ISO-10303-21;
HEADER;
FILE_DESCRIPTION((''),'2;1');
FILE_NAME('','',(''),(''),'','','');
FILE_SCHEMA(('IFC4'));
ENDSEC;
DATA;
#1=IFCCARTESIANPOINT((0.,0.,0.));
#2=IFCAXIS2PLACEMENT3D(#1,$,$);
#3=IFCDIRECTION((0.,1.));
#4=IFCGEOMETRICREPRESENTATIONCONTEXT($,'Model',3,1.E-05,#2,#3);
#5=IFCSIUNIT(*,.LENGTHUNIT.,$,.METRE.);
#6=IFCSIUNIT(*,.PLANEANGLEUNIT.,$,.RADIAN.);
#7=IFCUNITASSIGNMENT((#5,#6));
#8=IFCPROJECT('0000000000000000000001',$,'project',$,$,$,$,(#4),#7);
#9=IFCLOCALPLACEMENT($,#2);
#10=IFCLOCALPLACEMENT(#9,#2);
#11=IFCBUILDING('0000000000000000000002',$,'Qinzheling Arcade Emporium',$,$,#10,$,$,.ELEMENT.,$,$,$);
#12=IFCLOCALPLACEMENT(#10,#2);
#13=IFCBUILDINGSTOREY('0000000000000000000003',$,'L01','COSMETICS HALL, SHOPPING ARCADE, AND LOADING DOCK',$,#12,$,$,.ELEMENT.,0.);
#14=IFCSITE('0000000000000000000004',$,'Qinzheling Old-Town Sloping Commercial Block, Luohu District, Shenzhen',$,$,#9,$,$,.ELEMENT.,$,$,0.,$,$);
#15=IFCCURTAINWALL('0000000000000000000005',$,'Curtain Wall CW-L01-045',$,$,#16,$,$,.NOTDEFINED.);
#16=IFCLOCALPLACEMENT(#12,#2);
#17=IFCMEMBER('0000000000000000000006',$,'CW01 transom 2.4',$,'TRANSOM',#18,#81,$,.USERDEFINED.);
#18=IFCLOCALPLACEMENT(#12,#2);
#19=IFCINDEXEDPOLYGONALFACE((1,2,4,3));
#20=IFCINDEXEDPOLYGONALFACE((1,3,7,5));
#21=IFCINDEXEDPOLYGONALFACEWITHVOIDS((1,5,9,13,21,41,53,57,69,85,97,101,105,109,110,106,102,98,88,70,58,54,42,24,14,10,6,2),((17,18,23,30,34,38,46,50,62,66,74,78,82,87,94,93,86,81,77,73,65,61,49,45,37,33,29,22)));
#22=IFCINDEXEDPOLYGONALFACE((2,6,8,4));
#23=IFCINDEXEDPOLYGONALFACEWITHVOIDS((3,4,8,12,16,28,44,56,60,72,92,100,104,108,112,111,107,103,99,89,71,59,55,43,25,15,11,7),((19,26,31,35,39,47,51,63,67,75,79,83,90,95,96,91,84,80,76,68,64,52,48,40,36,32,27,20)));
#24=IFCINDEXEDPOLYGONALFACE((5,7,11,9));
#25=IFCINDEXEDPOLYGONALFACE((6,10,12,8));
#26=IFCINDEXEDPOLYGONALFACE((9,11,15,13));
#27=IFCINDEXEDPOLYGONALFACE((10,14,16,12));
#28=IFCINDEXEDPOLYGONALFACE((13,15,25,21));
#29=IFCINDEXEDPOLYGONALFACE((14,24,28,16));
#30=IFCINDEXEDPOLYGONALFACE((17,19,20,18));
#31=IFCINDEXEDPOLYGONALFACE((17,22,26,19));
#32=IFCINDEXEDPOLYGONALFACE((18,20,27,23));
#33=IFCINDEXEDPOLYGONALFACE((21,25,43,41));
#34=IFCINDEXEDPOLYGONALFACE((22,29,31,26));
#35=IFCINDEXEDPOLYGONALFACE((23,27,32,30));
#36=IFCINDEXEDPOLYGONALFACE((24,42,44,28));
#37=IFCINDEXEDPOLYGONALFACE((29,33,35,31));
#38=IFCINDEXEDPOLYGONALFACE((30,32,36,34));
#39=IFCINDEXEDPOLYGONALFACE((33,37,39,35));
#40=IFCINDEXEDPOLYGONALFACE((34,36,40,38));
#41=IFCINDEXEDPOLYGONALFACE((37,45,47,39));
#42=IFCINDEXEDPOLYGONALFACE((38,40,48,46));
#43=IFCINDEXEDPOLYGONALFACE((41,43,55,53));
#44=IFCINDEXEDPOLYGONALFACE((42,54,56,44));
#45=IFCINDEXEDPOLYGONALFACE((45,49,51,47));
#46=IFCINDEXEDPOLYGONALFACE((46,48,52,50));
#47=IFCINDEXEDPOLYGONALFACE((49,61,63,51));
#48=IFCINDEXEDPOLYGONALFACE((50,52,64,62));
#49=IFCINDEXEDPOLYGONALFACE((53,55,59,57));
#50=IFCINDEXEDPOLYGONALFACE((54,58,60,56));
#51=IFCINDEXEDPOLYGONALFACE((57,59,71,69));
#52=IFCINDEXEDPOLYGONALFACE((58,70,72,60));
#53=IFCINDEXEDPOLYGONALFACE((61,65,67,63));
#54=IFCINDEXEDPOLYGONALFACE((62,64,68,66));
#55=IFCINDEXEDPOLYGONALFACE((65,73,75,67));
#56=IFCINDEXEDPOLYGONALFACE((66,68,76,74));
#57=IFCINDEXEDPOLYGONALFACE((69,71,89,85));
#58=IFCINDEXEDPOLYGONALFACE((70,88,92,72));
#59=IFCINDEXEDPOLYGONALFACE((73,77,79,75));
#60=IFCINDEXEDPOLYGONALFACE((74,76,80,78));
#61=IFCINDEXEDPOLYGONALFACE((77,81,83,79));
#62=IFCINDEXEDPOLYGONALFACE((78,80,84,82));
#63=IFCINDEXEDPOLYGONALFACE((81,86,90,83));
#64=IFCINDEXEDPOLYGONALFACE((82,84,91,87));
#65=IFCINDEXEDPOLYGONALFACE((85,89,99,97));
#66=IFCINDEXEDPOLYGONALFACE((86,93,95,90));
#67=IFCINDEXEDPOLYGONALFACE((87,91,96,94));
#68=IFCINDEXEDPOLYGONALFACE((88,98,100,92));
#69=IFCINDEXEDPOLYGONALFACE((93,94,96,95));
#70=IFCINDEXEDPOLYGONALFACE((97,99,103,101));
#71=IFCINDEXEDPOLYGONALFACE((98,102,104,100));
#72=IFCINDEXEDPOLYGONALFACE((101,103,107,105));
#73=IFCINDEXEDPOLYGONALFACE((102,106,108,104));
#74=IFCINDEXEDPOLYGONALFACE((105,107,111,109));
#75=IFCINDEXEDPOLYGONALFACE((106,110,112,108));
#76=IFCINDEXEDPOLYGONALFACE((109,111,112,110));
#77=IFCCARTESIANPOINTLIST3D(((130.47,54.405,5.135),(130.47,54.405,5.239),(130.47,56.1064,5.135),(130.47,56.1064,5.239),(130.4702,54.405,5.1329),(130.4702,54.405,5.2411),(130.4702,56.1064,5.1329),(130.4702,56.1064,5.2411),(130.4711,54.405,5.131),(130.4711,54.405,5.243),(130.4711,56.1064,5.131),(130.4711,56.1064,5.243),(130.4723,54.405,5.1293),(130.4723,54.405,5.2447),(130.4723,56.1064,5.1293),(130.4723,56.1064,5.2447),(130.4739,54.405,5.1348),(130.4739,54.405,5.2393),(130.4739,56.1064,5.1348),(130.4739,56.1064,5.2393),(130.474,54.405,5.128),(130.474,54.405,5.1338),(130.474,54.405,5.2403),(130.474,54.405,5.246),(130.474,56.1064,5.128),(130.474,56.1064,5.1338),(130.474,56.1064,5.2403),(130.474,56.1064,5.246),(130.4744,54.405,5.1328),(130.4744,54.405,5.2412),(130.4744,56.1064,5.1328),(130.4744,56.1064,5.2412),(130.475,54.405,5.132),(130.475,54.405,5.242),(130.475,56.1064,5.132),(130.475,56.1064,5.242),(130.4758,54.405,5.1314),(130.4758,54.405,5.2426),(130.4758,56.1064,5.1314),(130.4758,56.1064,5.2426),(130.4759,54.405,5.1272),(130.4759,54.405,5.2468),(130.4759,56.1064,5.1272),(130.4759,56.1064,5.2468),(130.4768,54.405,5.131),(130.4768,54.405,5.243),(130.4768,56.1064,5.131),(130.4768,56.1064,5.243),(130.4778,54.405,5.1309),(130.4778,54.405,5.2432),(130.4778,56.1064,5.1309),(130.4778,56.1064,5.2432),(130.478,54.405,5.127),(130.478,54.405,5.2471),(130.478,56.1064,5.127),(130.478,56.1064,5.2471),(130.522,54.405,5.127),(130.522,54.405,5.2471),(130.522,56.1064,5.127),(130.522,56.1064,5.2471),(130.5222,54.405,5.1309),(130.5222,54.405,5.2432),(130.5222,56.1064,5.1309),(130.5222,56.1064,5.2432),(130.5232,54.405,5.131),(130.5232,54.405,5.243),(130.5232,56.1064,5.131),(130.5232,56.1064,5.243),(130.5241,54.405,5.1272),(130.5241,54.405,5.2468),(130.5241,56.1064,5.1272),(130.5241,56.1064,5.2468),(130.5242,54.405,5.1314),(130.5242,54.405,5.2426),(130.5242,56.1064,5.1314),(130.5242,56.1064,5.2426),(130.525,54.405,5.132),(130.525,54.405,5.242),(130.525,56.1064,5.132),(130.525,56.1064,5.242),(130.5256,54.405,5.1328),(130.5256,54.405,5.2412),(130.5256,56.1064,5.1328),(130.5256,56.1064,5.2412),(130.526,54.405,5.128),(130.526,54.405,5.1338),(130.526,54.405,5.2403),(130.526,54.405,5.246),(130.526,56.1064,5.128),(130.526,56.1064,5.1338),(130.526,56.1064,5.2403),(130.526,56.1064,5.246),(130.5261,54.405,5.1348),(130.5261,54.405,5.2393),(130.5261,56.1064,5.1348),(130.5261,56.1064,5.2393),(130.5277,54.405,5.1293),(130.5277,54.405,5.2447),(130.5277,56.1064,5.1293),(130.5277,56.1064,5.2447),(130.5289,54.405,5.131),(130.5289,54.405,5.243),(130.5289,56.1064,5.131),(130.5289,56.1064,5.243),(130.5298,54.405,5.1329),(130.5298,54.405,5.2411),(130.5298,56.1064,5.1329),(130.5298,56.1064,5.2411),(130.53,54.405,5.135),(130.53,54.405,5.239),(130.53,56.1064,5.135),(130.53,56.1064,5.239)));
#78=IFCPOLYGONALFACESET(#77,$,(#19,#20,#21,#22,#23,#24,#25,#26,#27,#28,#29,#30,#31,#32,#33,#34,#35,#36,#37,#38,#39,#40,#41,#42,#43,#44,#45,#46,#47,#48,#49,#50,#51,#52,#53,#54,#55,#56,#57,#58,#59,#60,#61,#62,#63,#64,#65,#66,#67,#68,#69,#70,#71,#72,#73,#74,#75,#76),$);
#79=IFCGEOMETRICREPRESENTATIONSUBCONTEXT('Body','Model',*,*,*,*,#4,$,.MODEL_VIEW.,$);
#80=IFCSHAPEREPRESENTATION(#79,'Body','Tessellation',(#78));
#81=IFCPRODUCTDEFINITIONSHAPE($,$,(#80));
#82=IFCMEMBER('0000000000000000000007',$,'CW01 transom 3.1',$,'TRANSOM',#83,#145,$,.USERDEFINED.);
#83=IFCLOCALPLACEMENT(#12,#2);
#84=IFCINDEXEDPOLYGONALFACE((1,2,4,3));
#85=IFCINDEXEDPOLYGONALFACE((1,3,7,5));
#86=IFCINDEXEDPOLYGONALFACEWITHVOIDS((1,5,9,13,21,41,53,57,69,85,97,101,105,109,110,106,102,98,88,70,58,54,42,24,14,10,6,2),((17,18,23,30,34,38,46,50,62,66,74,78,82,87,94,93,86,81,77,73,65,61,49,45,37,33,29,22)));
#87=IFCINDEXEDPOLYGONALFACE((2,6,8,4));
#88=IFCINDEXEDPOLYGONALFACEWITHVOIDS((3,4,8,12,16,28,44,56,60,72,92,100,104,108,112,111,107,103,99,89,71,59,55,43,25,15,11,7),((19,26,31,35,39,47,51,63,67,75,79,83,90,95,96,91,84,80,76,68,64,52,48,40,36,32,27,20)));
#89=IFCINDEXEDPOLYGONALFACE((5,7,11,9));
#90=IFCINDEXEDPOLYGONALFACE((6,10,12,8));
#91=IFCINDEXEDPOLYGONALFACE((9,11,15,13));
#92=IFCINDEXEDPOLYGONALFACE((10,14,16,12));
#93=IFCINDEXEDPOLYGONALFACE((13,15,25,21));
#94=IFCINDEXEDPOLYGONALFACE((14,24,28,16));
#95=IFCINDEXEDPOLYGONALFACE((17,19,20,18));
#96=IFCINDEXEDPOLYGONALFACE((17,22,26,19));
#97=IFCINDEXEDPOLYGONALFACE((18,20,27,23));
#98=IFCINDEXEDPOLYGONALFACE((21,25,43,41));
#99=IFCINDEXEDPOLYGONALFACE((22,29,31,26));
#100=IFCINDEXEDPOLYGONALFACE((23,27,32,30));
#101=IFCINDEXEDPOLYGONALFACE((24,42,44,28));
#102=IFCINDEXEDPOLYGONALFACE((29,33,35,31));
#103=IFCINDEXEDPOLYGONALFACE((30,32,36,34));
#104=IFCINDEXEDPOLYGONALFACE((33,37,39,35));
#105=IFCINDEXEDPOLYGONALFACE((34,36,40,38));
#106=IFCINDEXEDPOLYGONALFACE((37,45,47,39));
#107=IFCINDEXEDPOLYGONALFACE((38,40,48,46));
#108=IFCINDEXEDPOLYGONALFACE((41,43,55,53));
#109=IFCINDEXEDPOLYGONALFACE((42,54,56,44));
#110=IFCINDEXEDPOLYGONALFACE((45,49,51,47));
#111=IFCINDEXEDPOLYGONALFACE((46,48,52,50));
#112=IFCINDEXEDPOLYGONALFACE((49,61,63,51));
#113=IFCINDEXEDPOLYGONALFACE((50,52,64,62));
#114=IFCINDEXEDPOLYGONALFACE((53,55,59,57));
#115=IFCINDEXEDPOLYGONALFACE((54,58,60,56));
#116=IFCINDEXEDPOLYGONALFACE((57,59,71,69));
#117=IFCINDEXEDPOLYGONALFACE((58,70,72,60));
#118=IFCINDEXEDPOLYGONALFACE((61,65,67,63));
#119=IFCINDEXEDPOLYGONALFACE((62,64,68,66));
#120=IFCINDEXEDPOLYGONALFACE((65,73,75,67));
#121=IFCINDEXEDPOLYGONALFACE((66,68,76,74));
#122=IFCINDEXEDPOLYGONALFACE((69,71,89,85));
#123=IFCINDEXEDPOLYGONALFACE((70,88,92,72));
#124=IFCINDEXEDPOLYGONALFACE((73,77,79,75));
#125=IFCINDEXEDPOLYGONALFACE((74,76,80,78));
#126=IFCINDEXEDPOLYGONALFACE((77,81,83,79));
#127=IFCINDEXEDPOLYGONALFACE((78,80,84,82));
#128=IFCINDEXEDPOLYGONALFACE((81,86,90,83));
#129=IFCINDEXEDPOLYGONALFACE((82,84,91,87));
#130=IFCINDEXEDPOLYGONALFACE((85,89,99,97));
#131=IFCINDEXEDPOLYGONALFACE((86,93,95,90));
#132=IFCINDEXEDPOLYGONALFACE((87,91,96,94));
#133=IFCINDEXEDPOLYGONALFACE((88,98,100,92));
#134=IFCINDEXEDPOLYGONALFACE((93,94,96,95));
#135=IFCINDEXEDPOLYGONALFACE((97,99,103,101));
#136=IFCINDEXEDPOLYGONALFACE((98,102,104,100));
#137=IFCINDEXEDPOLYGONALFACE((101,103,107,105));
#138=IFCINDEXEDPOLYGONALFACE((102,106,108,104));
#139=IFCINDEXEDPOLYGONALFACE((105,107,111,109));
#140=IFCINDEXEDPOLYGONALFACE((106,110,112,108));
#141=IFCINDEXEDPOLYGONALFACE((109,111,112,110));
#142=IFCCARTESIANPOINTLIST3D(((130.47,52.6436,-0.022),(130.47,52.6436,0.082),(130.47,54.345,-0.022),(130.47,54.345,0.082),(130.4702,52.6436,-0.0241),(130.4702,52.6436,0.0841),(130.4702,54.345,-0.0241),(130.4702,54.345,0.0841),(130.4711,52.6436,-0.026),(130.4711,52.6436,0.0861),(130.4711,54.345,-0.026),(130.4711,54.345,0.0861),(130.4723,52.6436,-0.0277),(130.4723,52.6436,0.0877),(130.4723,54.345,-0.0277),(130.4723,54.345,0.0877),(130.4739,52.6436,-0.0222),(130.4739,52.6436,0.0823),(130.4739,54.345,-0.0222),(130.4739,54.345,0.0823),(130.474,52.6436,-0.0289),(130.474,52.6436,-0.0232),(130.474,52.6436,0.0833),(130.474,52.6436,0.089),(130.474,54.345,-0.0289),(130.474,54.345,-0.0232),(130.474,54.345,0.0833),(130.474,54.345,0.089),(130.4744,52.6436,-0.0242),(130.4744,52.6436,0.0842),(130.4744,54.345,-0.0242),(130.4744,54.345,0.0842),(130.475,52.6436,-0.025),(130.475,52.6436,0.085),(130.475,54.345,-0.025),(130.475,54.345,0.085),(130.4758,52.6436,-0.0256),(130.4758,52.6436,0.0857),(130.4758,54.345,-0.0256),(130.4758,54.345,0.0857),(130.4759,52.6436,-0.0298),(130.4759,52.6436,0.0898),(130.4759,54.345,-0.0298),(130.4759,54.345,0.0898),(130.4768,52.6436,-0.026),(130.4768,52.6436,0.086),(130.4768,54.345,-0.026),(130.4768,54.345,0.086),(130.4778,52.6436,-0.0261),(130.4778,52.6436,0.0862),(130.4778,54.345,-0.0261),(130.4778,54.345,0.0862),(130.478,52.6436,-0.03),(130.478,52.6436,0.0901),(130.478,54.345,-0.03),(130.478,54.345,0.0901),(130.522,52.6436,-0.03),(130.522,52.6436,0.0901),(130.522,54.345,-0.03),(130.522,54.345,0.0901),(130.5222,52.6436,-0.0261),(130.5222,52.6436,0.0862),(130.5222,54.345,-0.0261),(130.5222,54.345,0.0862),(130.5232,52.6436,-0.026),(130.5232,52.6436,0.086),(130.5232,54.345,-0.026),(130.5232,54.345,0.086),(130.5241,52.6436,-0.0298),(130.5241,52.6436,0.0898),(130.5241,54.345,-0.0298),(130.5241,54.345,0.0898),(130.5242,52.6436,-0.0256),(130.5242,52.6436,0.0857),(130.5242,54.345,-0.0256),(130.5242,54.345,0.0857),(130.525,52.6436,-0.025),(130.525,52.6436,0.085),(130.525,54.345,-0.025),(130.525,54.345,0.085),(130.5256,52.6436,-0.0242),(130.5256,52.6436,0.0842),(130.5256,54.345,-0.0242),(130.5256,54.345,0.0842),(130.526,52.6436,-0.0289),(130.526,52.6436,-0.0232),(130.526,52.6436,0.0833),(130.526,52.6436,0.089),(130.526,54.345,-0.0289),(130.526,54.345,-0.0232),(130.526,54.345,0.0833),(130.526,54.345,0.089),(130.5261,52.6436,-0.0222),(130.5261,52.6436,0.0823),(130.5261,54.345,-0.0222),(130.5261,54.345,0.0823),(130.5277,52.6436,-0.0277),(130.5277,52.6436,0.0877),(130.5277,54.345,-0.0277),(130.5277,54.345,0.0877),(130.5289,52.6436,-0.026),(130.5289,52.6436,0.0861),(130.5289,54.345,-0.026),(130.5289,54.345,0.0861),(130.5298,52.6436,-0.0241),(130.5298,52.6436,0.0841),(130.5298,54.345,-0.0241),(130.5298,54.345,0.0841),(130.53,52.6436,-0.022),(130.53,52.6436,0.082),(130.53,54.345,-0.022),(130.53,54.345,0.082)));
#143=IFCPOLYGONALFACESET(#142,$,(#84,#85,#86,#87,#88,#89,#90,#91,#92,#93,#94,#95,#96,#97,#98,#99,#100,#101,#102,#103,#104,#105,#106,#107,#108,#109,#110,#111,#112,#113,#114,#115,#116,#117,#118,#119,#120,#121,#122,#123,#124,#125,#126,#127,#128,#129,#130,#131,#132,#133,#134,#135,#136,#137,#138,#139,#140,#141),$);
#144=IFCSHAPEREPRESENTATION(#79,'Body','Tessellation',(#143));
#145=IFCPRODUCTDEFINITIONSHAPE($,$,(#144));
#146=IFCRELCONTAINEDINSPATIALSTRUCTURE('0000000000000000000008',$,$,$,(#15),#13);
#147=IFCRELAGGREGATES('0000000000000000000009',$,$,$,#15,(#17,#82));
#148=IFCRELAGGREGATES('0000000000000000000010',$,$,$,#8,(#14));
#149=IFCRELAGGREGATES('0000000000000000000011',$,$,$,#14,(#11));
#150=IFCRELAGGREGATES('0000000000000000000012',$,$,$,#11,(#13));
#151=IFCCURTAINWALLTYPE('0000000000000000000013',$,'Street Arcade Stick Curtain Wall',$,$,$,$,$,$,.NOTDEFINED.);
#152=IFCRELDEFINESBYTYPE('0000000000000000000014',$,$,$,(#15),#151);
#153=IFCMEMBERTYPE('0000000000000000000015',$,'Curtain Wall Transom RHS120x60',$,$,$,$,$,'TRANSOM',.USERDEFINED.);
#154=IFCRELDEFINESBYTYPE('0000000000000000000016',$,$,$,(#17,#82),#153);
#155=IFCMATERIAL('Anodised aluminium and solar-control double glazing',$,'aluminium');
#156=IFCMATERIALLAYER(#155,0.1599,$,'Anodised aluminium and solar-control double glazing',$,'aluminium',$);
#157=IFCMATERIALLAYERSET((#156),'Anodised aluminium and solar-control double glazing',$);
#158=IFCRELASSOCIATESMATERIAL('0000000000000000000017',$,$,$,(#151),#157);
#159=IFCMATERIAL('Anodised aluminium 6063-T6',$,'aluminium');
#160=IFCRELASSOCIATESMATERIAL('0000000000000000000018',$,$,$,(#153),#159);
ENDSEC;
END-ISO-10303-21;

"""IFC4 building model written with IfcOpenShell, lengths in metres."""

from ifc_helpers import new_model, si_unit, direction, frame, origin, origin_2d, place, context, subcontext, project, spatial, hollow_rectangle, extrude, material, layer, layer_set, material_profile, profile_set, type_object, element, aggregate, save


model = new_model("IFC4")

# Units and contexts
model_context = context("Model", 3, precision=1e-05, world=origin(), true_north=direction((0.0, 1.0)))
body_context = subcontext(model_context, "Body", "Model", "MODEL_VIEW")
ifc_project = project(units=[si_unit("LENGTHUNIT", "METRE"), si_unit("PLANEANGLEUNIT", "RADIAN")], contexts=[model_context])

# Site, building, storey
site_placement = place(None, origin())
site = spatial("IfcSite", under=ifc_project, at=site_placement, Name="Qinzheling Old-Town Sloping Commercial Block, Luohu District, Shenzhen", CompositionType="ELEMENT", RefElevation=0.0)
building_placement = place(site_placement, origin())
building = spatial("IfcBuilding", under=site, at=building_placement, Name="Qinzheling Arcade Emporium", CompositionType="ELEMENT")
storey_placement = place(building_placement, origin())
storey = spatial("IfcBuildingStorey", under=building, at=storey_placement, Name="L01", Description="COSMETICS HALL, SHOPPING ARCADE, AND LOADING DOCK", CompositionType="ELEMENT", Elevation=0.0)

# Shared definitions
ifc_material_1 = material(Name="Anodised aluminium and solar-control double glazing", Category="aluminium")
ifc_layer_1 = layer(ifc_material_1, 0.1599, Name="Anodised aluminium and solar-control double glazing", Category="aluminium")
ifc_layer_set_1 = layer_set([ifc_layer_1], Name="Anodised aluminium and solar-control double glazing")
curtain_wall_type = type_object("IfcCurtainWallType", Name="Street Arcade Stick Curtain Wall", PredefinedType="NOTDEFINED", material=ifc_layer_set_1)
ifc_material_2 = material(Name="Anodised aluminium 6063-T6", Category="aluminium")

# Curtain wall, members
curtain_wall_1_placement = place(storey_placement, origin())
curtain_wall_1 = element("IfcCurtainWall", 1, at=curtain_wall_1_placement, inside=storey, type_object=curtain_wall_type, Name="Curtain Wall CW-L01-045", PredefinedType="NOTDEFINED")
ifc_material_profile_1 = material_profile(ifc_material_2, hollow_rectangle(XDim=0.0601, YDim=0.1201, WallThickness=0.0039, InnerFilletRadius=0.0039, OuterFilletRadius=0.0081, at=origin_2d()), Name="RHS 120x60x4", Category="aluminium")
ifc_profile_set_1 = profile_set([ifc_material_profile_1], Name="Anodised aluminium 6063-T6")
member_type_1 = type_object("IfcMemberType", Name="Curtain Wall Transom RHS120x60", ElementType="TRANSOM", PredefinedType="USERDEFINED", material=ifc_profile_set_1)
member_1_placement = place(storey_placement, frame((130.5, 56.1064, 5.187), z_axis=(0.0, -1.0, 0.0), x_axis=(1.0, 0.0, 0.0)))
member_1 = element("IfcMember", 2, at=member_1_placement, type_object=member_type_1, Name="CW01 transom 2.4", ObjectType="TRANSOM", PredefinedType="USERDEFINED", context=body_context, shape_type="SweptSolid", body=[
    extrude(hollow_rectangle(XDim=0.0601, YDim=0.1201, WallThickness=0.0039, InnerFilletRadius=0.0039, OuterFilletRadius=0.0081, at=origin_2d()), origin(), (0.0, 0.0, 1.0), 1.7014),
])
member_2_placement = place(storey_placement, frame((130.5, 54.345, 0.03), z_axis=(0.0, -1.0, 0.0), x_axis=(1.0, 0.0, 0.0)))
member_2 = element("IfcMember", 3, at=member_2_placement, type_object=member_type_1, Name="CW01 transom 3.1", ObjectType="TRANSOM", PredefinedType="USERDEFINED", context=body_context, shape_type="SweptSolid", body=[
    extrude(hollow_rectangle(XDim=0.0601, YDim=0.1201, WallThickness=0.0039, InnerFilletRadius=0.0039, OuterFilletRadius=0.0081, at=origin_2d()), origin(), (0.0, 0.0, 1.0), 1.7014),
])

aggregate(curtain_wall_1, [member_1, member_2])

save(model, "model.ifc")
